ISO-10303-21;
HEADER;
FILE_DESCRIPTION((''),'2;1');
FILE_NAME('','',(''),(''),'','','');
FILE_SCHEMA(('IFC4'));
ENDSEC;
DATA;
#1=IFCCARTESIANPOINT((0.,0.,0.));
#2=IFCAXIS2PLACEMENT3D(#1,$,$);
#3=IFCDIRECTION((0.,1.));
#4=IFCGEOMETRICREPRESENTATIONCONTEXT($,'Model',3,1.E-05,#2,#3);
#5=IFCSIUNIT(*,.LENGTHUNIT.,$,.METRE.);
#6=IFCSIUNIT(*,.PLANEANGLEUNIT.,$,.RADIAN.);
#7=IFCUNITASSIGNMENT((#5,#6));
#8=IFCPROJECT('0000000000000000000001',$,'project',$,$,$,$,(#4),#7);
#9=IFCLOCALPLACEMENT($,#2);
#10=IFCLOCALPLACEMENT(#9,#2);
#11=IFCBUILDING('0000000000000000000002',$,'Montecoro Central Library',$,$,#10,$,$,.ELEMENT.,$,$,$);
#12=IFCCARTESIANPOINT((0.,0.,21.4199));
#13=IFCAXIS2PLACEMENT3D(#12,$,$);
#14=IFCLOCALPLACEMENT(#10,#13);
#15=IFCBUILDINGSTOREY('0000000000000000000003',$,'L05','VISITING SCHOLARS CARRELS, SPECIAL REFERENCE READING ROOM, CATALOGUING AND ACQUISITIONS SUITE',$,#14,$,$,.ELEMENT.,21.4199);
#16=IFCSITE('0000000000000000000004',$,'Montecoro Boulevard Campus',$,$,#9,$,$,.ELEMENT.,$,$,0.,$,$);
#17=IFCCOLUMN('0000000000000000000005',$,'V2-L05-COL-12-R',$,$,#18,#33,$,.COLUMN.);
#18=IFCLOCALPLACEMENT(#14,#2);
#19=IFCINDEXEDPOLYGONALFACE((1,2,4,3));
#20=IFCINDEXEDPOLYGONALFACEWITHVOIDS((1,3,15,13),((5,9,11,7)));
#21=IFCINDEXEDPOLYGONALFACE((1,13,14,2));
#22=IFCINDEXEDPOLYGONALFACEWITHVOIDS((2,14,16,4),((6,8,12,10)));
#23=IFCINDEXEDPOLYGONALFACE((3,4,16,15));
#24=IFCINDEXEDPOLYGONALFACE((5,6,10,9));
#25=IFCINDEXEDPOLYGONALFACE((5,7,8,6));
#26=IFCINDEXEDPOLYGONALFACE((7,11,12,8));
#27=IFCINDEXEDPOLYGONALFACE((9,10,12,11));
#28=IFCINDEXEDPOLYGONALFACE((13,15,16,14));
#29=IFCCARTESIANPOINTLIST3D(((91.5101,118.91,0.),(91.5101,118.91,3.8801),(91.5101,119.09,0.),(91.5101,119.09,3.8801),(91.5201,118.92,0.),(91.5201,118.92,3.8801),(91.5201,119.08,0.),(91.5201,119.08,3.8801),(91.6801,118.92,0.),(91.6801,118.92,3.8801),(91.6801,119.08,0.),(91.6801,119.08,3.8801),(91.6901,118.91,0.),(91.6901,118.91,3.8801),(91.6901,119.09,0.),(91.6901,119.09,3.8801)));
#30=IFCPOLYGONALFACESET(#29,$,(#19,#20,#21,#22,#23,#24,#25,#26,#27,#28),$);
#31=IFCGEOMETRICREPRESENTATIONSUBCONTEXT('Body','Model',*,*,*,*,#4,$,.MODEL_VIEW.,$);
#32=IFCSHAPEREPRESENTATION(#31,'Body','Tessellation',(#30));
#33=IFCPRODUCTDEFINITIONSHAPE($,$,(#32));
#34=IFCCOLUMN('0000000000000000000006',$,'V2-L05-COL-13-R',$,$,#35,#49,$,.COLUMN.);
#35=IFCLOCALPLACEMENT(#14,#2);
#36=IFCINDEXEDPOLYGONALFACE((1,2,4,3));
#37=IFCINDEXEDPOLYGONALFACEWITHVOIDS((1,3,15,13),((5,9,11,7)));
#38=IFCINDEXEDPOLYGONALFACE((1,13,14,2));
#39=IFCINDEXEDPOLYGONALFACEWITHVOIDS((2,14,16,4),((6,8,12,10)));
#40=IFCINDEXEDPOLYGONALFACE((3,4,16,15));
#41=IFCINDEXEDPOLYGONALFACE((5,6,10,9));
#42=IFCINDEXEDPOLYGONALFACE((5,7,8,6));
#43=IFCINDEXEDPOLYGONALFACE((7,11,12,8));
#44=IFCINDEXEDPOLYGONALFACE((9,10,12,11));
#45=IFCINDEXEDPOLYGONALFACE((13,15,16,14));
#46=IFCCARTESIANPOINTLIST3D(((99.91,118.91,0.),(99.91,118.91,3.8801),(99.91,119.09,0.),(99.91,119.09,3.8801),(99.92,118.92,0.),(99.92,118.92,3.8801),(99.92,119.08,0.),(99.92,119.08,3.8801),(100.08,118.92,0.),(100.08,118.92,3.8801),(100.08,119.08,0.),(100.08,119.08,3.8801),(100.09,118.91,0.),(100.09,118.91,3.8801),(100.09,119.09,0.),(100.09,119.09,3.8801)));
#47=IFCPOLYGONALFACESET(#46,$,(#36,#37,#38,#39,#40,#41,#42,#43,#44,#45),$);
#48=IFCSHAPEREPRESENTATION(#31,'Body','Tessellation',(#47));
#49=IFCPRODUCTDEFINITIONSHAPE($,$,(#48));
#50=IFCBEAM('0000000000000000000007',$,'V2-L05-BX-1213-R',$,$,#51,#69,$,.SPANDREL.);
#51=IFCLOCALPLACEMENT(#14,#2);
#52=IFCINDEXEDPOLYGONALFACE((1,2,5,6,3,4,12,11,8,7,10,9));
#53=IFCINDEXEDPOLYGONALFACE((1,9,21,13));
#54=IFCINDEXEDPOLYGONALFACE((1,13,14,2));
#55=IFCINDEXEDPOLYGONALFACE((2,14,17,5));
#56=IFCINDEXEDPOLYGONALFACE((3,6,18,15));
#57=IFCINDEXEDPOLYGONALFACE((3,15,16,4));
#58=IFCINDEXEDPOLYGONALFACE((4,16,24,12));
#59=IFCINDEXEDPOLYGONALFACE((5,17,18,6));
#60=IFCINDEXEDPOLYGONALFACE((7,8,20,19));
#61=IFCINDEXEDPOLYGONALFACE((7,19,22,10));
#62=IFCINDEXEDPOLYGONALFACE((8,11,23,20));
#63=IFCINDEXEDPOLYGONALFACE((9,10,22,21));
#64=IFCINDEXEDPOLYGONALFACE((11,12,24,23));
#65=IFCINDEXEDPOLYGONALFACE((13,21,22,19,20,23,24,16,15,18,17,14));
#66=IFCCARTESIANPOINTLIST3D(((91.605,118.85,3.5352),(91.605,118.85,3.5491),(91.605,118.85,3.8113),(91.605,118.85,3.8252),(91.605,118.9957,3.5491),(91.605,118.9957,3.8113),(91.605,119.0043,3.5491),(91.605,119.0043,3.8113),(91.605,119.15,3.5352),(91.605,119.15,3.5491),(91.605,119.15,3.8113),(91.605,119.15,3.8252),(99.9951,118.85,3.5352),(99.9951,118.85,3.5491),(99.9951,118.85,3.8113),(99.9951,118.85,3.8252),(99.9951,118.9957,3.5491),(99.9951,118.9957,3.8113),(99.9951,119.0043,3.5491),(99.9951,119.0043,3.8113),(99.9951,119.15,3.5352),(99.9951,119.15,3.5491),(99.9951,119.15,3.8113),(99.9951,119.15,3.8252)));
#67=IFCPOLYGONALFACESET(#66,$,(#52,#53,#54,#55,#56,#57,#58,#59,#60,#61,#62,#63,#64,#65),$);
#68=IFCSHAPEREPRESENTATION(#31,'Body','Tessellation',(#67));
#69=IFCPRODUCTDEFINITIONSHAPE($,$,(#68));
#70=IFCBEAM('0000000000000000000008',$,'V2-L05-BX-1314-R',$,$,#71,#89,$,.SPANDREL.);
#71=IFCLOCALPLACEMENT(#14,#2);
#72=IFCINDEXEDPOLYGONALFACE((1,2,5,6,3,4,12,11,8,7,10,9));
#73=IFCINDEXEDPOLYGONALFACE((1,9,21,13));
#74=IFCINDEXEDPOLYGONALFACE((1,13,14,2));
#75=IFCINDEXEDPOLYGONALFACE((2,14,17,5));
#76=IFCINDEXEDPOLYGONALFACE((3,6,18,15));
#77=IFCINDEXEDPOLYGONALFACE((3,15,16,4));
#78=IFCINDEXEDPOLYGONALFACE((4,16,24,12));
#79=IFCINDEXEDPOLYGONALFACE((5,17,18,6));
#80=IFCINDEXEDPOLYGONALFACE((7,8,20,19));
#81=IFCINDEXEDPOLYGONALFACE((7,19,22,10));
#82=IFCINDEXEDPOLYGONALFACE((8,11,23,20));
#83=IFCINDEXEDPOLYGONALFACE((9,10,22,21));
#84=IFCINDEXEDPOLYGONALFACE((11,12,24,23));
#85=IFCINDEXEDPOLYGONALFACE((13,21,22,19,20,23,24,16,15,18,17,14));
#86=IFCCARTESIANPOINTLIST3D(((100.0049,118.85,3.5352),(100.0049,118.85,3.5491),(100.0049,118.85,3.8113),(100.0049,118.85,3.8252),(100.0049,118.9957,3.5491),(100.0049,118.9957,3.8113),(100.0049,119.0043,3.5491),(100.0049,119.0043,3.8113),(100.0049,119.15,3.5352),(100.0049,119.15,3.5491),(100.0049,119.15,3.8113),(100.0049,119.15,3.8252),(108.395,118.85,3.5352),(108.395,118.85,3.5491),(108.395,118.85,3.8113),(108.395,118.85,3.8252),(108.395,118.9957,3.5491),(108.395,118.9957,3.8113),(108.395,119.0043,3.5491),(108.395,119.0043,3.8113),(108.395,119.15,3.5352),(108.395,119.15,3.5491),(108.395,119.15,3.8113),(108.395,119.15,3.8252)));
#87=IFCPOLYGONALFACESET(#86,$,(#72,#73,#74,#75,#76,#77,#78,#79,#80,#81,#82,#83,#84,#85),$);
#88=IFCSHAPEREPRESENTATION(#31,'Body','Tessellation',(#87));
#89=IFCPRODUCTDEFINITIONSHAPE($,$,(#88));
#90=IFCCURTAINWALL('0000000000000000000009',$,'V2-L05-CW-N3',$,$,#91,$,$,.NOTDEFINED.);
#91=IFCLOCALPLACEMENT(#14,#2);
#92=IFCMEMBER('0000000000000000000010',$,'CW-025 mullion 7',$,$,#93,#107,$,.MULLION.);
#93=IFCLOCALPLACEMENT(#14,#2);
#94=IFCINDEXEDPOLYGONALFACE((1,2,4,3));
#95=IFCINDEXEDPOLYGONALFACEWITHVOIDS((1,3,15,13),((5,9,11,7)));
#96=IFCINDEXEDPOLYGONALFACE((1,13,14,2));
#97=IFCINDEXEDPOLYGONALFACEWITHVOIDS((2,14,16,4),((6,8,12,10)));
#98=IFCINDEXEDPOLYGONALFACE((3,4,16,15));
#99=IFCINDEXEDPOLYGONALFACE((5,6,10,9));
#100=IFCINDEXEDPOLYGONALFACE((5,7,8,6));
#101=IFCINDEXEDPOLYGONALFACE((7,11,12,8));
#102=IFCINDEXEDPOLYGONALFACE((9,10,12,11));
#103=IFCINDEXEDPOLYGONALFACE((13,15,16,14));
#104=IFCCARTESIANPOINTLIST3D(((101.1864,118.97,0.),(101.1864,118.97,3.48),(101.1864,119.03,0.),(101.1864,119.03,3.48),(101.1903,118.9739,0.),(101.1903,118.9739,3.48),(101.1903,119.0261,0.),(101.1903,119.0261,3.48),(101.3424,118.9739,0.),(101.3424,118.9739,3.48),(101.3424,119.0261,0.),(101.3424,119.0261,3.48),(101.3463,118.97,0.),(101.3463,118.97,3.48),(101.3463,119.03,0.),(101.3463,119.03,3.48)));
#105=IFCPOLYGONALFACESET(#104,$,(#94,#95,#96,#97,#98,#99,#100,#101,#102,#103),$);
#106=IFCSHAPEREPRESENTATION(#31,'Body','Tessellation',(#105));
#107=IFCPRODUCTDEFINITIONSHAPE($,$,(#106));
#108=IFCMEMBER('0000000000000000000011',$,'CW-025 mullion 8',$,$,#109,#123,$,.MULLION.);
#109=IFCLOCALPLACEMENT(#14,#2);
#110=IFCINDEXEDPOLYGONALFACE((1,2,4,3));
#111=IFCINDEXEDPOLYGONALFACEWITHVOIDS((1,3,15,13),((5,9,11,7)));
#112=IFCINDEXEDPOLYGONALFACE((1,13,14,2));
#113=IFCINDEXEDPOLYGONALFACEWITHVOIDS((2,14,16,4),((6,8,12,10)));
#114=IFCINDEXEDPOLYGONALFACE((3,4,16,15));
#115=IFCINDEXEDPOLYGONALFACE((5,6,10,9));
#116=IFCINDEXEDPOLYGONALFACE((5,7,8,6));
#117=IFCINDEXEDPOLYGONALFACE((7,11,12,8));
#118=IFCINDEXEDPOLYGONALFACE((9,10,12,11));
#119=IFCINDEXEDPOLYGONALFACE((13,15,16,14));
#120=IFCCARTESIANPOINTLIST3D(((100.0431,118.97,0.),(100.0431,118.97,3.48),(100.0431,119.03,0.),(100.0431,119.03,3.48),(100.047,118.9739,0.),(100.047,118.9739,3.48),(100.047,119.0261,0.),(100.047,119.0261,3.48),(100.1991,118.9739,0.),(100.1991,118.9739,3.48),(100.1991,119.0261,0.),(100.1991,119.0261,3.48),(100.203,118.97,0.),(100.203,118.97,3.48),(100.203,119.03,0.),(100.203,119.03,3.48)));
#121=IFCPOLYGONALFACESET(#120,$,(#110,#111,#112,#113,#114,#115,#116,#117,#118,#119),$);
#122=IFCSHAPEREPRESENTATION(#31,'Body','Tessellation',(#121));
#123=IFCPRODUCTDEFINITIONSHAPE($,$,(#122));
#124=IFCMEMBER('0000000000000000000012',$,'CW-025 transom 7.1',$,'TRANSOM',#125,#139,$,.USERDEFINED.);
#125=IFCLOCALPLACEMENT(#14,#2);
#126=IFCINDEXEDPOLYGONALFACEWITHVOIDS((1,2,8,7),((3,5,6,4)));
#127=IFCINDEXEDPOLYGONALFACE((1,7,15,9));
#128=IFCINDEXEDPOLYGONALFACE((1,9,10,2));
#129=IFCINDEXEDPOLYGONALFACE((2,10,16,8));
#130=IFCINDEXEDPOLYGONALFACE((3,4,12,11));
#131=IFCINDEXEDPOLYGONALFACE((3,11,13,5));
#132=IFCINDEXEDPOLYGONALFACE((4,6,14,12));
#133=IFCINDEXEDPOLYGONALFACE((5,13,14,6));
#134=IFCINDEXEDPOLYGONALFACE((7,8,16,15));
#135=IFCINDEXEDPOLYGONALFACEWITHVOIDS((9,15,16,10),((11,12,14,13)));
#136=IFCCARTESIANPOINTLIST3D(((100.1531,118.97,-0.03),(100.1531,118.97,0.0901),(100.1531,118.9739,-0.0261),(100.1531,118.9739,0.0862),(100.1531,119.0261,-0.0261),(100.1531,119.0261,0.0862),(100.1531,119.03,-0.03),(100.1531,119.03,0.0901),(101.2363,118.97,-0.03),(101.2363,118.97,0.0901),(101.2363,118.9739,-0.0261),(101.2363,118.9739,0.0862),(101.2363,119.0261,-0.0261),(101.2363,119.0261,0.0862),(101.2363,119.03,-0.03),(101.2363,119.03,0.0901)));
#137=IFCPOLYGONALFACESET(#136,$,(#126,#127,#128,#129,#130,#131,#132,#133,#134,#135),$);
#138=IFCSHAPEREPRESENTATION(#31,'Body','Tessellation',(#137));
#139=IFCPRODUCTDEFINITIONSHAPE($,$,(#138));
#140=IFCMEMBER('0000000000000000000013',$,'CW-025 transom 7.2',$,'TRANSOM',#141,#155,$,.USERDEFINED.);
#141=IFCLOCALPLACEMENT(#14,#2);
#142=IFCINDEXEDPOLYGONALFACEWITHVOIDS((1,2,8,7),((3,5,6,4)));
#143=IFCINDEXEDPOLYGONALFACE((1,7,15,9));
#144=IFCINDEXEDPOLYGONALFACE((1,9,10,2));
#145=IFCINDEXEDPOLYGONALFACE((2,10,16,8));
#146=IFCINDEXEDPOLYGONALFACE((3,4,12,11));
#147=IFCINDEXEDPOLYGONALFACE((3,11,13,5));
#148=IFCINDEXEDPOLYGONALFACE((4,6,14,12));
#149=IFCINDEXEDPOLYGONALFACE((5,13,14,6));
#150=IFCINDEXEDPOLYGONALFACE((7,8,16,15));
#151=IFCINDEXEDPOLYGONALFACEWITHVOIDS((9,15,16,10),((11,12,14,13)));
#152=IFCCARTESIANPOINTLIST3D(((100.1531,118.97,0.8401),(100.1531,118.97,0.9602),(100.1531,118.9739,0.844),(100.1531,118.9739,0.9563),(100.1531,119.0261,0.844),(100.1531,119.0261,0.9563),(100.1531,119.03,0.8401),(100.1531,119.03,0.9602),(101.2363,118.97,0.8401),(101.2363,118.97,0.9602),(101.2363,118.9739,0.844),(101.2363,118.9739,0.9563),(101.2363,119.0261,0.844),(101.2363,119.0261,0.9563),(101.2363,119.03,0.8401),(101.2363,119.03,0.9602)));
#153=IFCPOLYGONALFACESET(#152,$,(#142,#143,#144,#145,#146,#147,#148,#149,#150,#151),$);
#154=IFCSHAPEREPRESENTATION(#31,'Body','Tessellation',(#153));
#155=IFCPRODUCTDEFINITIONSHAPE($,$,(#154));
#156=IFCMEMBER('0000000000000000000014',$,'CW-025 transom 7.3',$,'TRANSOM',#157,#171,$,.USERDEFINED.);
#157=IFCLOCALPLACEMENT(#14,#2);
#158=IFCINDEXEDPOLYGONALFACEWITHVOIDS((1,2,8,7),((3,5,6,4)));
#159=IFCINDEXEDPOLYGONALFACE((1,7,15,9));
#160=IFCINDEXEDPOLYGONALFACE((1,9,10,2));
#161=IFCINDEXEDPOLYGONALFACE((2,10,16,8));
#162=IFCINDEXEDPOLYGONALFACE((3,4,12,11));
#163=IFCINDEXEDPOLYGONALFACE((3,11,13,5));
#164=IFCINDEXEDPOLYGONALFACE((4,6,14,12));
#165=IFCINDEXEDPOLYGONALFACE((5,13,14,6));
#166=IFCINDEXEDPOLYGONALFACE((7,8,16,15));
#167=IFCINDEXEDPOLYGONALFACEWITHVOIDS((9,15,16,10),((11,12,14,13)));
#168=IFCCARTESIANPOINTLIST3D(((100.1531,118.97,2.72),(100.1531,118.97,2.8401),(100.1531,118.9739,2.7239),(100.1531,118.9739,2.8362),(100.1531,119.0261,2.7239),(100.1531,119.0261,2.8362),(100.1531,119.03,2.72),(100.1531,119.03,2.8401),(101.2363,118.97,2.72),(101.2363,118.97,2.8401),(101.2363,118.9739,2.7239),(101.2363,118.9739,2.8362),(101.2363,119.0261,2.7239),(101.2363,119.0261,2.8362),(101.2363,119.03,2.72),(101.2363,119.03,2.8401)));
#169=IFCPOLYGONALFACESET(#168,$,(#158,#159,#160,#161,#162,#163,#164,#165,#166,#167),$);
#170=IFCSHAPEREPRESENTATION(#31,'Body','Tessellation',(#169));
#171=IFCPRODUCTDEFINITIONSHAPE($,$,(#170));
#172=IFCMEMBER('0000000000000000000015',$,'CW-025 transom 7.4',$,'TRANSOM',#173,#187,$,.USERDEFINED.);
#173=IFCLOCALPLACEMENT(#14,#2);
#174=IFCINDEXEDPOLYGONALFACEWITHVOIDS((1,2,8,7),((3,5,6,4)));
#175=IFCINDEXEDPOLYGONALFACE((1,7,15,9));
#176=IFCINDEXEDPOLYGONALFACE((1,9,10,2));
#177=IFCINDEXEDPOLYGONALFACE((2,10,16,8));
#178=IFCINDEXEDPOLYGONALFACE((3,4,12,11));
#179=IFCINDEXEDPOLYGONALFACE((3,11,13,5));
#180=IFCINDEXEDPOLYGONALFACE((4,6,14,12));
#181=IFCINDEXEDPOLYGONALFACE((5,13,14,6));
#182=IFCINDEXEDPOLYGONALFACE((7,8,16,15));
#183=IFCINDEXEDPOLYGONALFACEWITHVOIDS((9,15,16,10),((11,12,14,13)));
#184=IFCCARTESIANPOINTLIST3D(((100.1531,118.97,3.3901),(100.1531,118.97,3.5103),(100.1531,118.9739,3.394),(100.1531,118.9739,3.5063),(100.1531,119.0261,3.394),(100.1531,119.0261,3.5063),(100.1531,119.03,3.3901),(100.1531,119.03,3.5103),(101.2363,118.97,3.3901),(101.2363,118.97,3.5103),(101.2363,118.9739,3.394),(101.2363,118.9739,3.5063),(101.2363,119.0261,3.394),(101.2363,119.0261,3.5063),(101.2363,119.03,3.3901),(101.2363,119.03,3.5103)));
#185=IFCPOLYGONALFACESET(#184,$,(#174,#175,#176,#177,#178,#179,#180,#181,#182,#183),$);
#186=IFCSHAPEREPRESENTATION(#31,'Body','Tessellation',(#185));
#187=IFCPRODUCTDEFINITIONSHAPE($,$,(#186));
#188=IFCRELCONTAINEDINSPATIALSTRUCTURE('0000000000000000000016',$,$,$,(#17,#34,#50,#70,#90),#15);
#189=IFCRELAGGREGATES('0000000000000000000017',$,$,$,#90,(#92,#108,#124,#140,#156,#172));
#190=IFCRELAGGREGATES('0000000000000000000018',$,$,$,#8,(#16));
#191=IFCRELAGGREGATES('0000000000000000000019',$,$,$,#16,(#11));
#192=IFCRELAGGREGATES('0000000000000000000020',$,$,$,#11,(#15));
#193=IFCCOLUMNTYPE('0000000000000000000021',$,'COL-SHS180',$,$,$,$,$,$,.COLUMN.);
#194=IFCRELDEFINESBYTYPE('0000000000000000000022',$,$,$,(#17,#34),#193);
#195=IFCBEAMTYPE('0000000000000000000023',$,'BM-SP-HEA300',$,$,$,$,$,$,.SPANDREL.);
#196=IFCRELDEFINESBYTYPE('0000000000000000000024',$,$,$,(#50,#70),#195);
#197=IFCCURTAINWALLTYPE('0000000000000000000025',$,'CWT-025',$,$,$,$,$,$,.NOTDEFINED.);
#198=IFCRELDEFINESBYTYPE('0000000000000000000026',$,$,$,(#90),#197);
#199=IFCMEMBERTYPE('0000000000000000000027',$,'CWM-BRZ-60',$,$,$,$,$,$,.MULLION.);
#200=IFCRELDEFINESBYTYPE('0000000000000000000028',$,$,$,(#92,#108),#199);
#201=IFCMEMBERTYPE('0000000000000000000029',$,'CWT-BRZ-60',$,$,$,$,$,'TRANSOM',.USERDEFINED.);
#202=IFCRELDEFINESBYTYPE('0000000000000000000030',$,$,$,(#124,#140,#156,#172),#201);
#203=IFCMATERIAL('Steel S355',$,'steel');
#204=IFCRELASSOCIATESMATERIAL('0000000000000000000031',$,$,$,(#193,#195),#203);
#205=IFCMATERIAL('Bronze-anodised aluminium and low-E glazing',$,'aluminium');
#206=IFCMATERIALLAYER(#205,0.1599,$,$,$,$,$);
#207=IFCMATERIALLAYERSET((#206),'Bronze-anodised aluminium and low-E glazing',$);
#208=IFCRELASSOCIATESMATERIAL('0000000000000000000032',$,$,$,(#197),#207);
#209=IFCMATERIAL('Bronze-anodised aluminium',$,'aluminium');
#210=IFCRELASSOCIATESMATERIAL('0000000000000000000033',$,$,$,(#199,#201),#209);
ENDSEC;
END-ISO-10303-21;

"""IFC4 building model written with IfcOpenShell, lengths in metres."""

from ifc_helpers import new_model, si_unit, direction, frame, origin, origin_2d, place, context, subcontext, project, spatial, hollow_rectangle, i_section, extrude, material, layer, layer_set, material_profile, profile_set, type_object, element, aggregate, save


model = new_model("IFC4")

# Units and contexts
model_context = context("Model", 3, precision=1e-05, world=origin(), true_north=direction((0.0, 1.0)))
body_context = subcontext(model_context, "Body", "Model", "MODEL_VIEW")
ifc_project = project(units=[si_unit("LENGTHUNIT", "METRE"), si_unit("PLANEANGLEUNIT", "RADIAN")], contexts=[model_context])

# Site, building, storey
site_placement = place(None, origin())
site = spatial("IfcSite", under=ifc_project, at=site_placement, Name="Montecoro Boulevard Campus", CompositionType="ELEMENT", RefElevation=0.0)
building_placement = place(site_placement, origin())
building = spatial("IfcBuilding", under=site, at=building_placement, Name="Montecoro Central Library", CompositionType="ELEMENT")
storey_placement = place(building_placement, frame((0.0, 0.0, 21.4199)))
storey = spatial("IfcBuildingStorey", under=building, at=storey_placement, Name="L05", Description="VISITING SCHOLARS CARRELS, SPECIAL REFERENCE READING ROOM, CATALOGUING AND ACQUISITIONS SUITE", CompositionType="ELEMENT", Elevation=21.4199)

# Columns
ifc_material_1 = material(Name="Steel S355", Category="steel")
ifc_material_profile_1 = material_profile(ifc_material_1, hollow_rectangle(XDim=0.1799, YDim=0.1799, WallThickness=0.01, at=origin_2d()), Name="SHS 180x180x10.0")
ifc_profile_set_1 = profile_set([ifc_material_profile_1], Name="Steel S355")
column_type = type_object("IfcColumnType", Name="COL-SHS180", PredefinedType="COLUMN", material=ifc_profile_set_1)
for number, where, z_axis, x_axis, name in (
    (1, (91.6001, 119.0, 0.0), (0.0, 0.0, 1.0), (1.0, 0.0, 0.0), "V2-L05-COL-12-R"),
    (2, (100.0, 119.0, 0.0), (0.0, 0.0, 1.0), (1.0, 0.0, 0.0), "V2-L05-COL-13-R"),
):
    element("IfcColumn", number, at=place(storey_placement, frame(where, z_axis=z_axis, x_axis=x_axis)), inside=storey, type_object=column_type, Name=name, PredefinedType="COLUMN", context=body_context, shape_type="SweptSolid", body=[
        extrude(hollow_rectangle(XDim=0.1799, YDim=0.1799, WallThickness=0.01, at=origin_2d()), origin(), (0.0, 0.0, 1.0), 3.8801),
    ])

# Beams
ifc_material_profile_2 = material_profile(ifc_material_1, i_section(OverallWidth=0.3, OverallDepth=0.29, WebThickness=0.0085, FlangeThickness=0.0139, at=origin_2d()), Name="HEA 300")
ifc_profile_set_2 = profile_set([ifc_material_profile_2], Name="Steel S355")
beam_type = type_object("IfcBeamType", Name="BM-SP-HEA300", PredefinedType="SPANDREL", material=ifc_profile_set_2)
for number, where, z_axis, x_axis, name in (
    (3, (91.605, 119.0, 3.6802), (1.0, 0.0, 0.0), (0.0, 1.0, 0.0), "V2-L05-BX-1213-R"),
    (4, (100.0049, 119.0, 3.6802), (1.0, 0.0, 0.0), (0.0, 1.0, 0.0), "V2-L05-BX-1314-R"),
):
    element("IfcBeam", number, at=place(storey_placement, frame(where, z_axis=z_axis, x_axis=x_axis)), inside=storey, type_object=beam_type, Name=name, PredefinedType="SPANDREL", context=body_context, shape_type="SweptSolid", body=[
        extrude(i_section(OverallWidth=0.3, OverallDepth=0.29, WebThickness=0.0085, FlangeThickness=0.0139, at=origin_2d()), origin(), (0.0, 0.0, 1.0), 8.3901),
    ])

# Curtain wall, members
ifc_material_2 = material(Name="Bronze-anodised aluminium and low-E glazing", Category="aluminium")
ifc_layer_1 = layer(ifc_material_2, 0.1599)
ifc_layer_set_1 = layer_set([ifc_layer_1], Name="Bronze-anodised aluminium and low-E glazing")
curtain_wall_type = type_object("IfcCurtainWallType", Name="CWT-025", PredefinedType="NOTDEFINED", material=ifc_layer_set_1)
curtain_wall_placement = place(storey_placement, origin())
curtain_wall = element("IfcCurtainWall", 5, at=curtain_wall_placement, inside=storey, type_object=curtain_wall_type, Name="V2-L05-CW-N3", PredefinedType="NOTDEFINED")
ifc_material_3 = material(Name="Bronze-anodised aluminium", Category="aluminium")
ifc_material_profile_3 = material_profile(ifc_material_3, hollow_rectangle(XDim=0.0601, YDim=0.1599, WallThickness=0.0039, at=origin_2d()), Name="CWM 160x60x4.0")
ifc_profile_set_3 = profile_set([ifc_material_profile_3], Name="Bronze-anodised aluminium")
member_type_1 = type_object("IfcMemberType", Name="CWM-BRZ-60", PredefinedType="MULLION", material=ifc_profile_set_3)
member_1_placement = place(storey_placement, frame((101.2664, 119.0, 0.0), z_axis=(0.0, 0.0, 1.0), x_axis=(0.0, -1.0, 0.0)))
member_1 = element("IfcMember", 6, at=member_1_placement, type_object=member_type_1, Name="CW-025 mullion 7", PredefinedType="MULLION", context=body_context, shape_type="SweptSolid", body=[
    extrude(hollow_rectangle(XDim=0.0601, YDim=0.1599, WallThickness=0.0039, at=origin_2d()), origin(), (0.0, 0.0, 1.0), 3.48),
])
member_2_placement = place(storey_placement, frame((100.123, 119.0, 0.0), z_axis=(0.0, 0.0, 1.0), x_axis=(0.0, -1.0, 0.0)))
member_2 = element("IfcMember", 7, at=member_2_placement, type_object=member_type_1, Name="CW-025 mullion 8", PredefinedType="MULLION", context=body_context, shape_type="SweptSolid", body=[
    extrude(hollow_rectangle(XDim=0.0601, YDim=0.1599, WallThickness=0.0039, at=origin_2d()), origin(), (0.0, 0.0, 1.0), 3.48),
])
ifc_material_profile_4 = material_profile(ifc_material_3, hollow_rectangle(XDim=0.0601, YDim=0.1201, WallThickness=0.0039, at=origin_2d()), Name="CWT 120x60x4.0")
ifc_profile_set_4 = profile_set([ifc_material_profile_4], Name="Bronze-anodised aluminium")
member_type_2 = type_object("IfcMemberType", Name="CWT-BRZ-60", ElementType="TRANSOM", PredefinedType="USERDEFINED", material=ifc_profile_set_4)
member_3_placement = place(storey_placement, frame((101.2363, 119.0, 0.03), z_axis=(-1.0, 0.0, 0.0), x_axis=(0.0, -1.0, 0.0)))
member_3 = element("IfcMember", 8, at=member_3_placement, type_object=member_type_2, Name="CW-025 transom 7.1", ObjectType="TRANSOM", PredefinedType="USERDEFINED", context=body_context, shape_type="SweptSolid", body=[
    extrude(hollow_rectangle(XDim=0.0601, YDim=0.1201, WallThickness=0.0039, at=origin_2d()), origin(), (0.0, 0.0, 1.0), 1.0833),
])
member_4_placement = place(storey_placement, frame((101.2363, 119.0, 0.9001), z_axis=(-1.0, 0.0, 0.0), x_axis=(0.0, -1.0, 0.0)))
member_4 = element("IfcMember", 9, at=member_4_placement, type_object=member_type_2, Name="CW-025 transom 7.2", ObjectType="TRANSOM", PredefinedType="USERDEFINED", context=body_context, shape_type="SweptSolid", body=[
    extrude(hollow_rectangle(XDim=0.0601, YDim=0.1201, WallThickness=0.0039, at=origin_2d()), origin(), (0.0, 0.0, 1.0), 1.0833),
])
member_5_placement = place(storey_placement, frame((101.2363, 119.0, 2.78), z_axis=(-1.0, 0.0, 0.0), x_axis=(0.0, -1.0, 0.0)))
member_5 = element("IfcMember", 10, at=member_5_placement, type_object=member_type_2, Name="CW-025 transom 7.3", ObjectType="TRANSOM", PredefinedType="USERDEFINED", context=body_context, shape_type="SweptSolid", body=[
    extrude(hollow_rectangle(XDim=0.0601, YDim=0.1201, WallThickness=0.0039, at=origin_2d()), origin(), (0.0, 0.0, 1.0), 1.0833),
])
member_6_placement = place(storey_placement, frame((101.2363, 119.0, 3.4502), z_axis=(-1.0, 0.0, 0.0), x_axis=(0.0, -1.0, 0.0)))
member_6 = element("IfcMember", 11, at=member_6_placement, type_object=member_type_2, Name="CW-025 transom 7.4", ObjectType="TRANSOM", PredefinedType="USERDEFINED", context=body_context, shape_type="SweptSolid", body=[
    extrude(hollow_rectangle(XDim=0.0601, YDim=0.1201, WallThickness=0.0039, at=origin_2d()), origin(), (0.0, 0.0, 1.0), 1.0833),
])
aggregate(curtain_wall, [member_1, member_2, member_3, member_4, member_5, member_6])

save(model, "model.ifc")
